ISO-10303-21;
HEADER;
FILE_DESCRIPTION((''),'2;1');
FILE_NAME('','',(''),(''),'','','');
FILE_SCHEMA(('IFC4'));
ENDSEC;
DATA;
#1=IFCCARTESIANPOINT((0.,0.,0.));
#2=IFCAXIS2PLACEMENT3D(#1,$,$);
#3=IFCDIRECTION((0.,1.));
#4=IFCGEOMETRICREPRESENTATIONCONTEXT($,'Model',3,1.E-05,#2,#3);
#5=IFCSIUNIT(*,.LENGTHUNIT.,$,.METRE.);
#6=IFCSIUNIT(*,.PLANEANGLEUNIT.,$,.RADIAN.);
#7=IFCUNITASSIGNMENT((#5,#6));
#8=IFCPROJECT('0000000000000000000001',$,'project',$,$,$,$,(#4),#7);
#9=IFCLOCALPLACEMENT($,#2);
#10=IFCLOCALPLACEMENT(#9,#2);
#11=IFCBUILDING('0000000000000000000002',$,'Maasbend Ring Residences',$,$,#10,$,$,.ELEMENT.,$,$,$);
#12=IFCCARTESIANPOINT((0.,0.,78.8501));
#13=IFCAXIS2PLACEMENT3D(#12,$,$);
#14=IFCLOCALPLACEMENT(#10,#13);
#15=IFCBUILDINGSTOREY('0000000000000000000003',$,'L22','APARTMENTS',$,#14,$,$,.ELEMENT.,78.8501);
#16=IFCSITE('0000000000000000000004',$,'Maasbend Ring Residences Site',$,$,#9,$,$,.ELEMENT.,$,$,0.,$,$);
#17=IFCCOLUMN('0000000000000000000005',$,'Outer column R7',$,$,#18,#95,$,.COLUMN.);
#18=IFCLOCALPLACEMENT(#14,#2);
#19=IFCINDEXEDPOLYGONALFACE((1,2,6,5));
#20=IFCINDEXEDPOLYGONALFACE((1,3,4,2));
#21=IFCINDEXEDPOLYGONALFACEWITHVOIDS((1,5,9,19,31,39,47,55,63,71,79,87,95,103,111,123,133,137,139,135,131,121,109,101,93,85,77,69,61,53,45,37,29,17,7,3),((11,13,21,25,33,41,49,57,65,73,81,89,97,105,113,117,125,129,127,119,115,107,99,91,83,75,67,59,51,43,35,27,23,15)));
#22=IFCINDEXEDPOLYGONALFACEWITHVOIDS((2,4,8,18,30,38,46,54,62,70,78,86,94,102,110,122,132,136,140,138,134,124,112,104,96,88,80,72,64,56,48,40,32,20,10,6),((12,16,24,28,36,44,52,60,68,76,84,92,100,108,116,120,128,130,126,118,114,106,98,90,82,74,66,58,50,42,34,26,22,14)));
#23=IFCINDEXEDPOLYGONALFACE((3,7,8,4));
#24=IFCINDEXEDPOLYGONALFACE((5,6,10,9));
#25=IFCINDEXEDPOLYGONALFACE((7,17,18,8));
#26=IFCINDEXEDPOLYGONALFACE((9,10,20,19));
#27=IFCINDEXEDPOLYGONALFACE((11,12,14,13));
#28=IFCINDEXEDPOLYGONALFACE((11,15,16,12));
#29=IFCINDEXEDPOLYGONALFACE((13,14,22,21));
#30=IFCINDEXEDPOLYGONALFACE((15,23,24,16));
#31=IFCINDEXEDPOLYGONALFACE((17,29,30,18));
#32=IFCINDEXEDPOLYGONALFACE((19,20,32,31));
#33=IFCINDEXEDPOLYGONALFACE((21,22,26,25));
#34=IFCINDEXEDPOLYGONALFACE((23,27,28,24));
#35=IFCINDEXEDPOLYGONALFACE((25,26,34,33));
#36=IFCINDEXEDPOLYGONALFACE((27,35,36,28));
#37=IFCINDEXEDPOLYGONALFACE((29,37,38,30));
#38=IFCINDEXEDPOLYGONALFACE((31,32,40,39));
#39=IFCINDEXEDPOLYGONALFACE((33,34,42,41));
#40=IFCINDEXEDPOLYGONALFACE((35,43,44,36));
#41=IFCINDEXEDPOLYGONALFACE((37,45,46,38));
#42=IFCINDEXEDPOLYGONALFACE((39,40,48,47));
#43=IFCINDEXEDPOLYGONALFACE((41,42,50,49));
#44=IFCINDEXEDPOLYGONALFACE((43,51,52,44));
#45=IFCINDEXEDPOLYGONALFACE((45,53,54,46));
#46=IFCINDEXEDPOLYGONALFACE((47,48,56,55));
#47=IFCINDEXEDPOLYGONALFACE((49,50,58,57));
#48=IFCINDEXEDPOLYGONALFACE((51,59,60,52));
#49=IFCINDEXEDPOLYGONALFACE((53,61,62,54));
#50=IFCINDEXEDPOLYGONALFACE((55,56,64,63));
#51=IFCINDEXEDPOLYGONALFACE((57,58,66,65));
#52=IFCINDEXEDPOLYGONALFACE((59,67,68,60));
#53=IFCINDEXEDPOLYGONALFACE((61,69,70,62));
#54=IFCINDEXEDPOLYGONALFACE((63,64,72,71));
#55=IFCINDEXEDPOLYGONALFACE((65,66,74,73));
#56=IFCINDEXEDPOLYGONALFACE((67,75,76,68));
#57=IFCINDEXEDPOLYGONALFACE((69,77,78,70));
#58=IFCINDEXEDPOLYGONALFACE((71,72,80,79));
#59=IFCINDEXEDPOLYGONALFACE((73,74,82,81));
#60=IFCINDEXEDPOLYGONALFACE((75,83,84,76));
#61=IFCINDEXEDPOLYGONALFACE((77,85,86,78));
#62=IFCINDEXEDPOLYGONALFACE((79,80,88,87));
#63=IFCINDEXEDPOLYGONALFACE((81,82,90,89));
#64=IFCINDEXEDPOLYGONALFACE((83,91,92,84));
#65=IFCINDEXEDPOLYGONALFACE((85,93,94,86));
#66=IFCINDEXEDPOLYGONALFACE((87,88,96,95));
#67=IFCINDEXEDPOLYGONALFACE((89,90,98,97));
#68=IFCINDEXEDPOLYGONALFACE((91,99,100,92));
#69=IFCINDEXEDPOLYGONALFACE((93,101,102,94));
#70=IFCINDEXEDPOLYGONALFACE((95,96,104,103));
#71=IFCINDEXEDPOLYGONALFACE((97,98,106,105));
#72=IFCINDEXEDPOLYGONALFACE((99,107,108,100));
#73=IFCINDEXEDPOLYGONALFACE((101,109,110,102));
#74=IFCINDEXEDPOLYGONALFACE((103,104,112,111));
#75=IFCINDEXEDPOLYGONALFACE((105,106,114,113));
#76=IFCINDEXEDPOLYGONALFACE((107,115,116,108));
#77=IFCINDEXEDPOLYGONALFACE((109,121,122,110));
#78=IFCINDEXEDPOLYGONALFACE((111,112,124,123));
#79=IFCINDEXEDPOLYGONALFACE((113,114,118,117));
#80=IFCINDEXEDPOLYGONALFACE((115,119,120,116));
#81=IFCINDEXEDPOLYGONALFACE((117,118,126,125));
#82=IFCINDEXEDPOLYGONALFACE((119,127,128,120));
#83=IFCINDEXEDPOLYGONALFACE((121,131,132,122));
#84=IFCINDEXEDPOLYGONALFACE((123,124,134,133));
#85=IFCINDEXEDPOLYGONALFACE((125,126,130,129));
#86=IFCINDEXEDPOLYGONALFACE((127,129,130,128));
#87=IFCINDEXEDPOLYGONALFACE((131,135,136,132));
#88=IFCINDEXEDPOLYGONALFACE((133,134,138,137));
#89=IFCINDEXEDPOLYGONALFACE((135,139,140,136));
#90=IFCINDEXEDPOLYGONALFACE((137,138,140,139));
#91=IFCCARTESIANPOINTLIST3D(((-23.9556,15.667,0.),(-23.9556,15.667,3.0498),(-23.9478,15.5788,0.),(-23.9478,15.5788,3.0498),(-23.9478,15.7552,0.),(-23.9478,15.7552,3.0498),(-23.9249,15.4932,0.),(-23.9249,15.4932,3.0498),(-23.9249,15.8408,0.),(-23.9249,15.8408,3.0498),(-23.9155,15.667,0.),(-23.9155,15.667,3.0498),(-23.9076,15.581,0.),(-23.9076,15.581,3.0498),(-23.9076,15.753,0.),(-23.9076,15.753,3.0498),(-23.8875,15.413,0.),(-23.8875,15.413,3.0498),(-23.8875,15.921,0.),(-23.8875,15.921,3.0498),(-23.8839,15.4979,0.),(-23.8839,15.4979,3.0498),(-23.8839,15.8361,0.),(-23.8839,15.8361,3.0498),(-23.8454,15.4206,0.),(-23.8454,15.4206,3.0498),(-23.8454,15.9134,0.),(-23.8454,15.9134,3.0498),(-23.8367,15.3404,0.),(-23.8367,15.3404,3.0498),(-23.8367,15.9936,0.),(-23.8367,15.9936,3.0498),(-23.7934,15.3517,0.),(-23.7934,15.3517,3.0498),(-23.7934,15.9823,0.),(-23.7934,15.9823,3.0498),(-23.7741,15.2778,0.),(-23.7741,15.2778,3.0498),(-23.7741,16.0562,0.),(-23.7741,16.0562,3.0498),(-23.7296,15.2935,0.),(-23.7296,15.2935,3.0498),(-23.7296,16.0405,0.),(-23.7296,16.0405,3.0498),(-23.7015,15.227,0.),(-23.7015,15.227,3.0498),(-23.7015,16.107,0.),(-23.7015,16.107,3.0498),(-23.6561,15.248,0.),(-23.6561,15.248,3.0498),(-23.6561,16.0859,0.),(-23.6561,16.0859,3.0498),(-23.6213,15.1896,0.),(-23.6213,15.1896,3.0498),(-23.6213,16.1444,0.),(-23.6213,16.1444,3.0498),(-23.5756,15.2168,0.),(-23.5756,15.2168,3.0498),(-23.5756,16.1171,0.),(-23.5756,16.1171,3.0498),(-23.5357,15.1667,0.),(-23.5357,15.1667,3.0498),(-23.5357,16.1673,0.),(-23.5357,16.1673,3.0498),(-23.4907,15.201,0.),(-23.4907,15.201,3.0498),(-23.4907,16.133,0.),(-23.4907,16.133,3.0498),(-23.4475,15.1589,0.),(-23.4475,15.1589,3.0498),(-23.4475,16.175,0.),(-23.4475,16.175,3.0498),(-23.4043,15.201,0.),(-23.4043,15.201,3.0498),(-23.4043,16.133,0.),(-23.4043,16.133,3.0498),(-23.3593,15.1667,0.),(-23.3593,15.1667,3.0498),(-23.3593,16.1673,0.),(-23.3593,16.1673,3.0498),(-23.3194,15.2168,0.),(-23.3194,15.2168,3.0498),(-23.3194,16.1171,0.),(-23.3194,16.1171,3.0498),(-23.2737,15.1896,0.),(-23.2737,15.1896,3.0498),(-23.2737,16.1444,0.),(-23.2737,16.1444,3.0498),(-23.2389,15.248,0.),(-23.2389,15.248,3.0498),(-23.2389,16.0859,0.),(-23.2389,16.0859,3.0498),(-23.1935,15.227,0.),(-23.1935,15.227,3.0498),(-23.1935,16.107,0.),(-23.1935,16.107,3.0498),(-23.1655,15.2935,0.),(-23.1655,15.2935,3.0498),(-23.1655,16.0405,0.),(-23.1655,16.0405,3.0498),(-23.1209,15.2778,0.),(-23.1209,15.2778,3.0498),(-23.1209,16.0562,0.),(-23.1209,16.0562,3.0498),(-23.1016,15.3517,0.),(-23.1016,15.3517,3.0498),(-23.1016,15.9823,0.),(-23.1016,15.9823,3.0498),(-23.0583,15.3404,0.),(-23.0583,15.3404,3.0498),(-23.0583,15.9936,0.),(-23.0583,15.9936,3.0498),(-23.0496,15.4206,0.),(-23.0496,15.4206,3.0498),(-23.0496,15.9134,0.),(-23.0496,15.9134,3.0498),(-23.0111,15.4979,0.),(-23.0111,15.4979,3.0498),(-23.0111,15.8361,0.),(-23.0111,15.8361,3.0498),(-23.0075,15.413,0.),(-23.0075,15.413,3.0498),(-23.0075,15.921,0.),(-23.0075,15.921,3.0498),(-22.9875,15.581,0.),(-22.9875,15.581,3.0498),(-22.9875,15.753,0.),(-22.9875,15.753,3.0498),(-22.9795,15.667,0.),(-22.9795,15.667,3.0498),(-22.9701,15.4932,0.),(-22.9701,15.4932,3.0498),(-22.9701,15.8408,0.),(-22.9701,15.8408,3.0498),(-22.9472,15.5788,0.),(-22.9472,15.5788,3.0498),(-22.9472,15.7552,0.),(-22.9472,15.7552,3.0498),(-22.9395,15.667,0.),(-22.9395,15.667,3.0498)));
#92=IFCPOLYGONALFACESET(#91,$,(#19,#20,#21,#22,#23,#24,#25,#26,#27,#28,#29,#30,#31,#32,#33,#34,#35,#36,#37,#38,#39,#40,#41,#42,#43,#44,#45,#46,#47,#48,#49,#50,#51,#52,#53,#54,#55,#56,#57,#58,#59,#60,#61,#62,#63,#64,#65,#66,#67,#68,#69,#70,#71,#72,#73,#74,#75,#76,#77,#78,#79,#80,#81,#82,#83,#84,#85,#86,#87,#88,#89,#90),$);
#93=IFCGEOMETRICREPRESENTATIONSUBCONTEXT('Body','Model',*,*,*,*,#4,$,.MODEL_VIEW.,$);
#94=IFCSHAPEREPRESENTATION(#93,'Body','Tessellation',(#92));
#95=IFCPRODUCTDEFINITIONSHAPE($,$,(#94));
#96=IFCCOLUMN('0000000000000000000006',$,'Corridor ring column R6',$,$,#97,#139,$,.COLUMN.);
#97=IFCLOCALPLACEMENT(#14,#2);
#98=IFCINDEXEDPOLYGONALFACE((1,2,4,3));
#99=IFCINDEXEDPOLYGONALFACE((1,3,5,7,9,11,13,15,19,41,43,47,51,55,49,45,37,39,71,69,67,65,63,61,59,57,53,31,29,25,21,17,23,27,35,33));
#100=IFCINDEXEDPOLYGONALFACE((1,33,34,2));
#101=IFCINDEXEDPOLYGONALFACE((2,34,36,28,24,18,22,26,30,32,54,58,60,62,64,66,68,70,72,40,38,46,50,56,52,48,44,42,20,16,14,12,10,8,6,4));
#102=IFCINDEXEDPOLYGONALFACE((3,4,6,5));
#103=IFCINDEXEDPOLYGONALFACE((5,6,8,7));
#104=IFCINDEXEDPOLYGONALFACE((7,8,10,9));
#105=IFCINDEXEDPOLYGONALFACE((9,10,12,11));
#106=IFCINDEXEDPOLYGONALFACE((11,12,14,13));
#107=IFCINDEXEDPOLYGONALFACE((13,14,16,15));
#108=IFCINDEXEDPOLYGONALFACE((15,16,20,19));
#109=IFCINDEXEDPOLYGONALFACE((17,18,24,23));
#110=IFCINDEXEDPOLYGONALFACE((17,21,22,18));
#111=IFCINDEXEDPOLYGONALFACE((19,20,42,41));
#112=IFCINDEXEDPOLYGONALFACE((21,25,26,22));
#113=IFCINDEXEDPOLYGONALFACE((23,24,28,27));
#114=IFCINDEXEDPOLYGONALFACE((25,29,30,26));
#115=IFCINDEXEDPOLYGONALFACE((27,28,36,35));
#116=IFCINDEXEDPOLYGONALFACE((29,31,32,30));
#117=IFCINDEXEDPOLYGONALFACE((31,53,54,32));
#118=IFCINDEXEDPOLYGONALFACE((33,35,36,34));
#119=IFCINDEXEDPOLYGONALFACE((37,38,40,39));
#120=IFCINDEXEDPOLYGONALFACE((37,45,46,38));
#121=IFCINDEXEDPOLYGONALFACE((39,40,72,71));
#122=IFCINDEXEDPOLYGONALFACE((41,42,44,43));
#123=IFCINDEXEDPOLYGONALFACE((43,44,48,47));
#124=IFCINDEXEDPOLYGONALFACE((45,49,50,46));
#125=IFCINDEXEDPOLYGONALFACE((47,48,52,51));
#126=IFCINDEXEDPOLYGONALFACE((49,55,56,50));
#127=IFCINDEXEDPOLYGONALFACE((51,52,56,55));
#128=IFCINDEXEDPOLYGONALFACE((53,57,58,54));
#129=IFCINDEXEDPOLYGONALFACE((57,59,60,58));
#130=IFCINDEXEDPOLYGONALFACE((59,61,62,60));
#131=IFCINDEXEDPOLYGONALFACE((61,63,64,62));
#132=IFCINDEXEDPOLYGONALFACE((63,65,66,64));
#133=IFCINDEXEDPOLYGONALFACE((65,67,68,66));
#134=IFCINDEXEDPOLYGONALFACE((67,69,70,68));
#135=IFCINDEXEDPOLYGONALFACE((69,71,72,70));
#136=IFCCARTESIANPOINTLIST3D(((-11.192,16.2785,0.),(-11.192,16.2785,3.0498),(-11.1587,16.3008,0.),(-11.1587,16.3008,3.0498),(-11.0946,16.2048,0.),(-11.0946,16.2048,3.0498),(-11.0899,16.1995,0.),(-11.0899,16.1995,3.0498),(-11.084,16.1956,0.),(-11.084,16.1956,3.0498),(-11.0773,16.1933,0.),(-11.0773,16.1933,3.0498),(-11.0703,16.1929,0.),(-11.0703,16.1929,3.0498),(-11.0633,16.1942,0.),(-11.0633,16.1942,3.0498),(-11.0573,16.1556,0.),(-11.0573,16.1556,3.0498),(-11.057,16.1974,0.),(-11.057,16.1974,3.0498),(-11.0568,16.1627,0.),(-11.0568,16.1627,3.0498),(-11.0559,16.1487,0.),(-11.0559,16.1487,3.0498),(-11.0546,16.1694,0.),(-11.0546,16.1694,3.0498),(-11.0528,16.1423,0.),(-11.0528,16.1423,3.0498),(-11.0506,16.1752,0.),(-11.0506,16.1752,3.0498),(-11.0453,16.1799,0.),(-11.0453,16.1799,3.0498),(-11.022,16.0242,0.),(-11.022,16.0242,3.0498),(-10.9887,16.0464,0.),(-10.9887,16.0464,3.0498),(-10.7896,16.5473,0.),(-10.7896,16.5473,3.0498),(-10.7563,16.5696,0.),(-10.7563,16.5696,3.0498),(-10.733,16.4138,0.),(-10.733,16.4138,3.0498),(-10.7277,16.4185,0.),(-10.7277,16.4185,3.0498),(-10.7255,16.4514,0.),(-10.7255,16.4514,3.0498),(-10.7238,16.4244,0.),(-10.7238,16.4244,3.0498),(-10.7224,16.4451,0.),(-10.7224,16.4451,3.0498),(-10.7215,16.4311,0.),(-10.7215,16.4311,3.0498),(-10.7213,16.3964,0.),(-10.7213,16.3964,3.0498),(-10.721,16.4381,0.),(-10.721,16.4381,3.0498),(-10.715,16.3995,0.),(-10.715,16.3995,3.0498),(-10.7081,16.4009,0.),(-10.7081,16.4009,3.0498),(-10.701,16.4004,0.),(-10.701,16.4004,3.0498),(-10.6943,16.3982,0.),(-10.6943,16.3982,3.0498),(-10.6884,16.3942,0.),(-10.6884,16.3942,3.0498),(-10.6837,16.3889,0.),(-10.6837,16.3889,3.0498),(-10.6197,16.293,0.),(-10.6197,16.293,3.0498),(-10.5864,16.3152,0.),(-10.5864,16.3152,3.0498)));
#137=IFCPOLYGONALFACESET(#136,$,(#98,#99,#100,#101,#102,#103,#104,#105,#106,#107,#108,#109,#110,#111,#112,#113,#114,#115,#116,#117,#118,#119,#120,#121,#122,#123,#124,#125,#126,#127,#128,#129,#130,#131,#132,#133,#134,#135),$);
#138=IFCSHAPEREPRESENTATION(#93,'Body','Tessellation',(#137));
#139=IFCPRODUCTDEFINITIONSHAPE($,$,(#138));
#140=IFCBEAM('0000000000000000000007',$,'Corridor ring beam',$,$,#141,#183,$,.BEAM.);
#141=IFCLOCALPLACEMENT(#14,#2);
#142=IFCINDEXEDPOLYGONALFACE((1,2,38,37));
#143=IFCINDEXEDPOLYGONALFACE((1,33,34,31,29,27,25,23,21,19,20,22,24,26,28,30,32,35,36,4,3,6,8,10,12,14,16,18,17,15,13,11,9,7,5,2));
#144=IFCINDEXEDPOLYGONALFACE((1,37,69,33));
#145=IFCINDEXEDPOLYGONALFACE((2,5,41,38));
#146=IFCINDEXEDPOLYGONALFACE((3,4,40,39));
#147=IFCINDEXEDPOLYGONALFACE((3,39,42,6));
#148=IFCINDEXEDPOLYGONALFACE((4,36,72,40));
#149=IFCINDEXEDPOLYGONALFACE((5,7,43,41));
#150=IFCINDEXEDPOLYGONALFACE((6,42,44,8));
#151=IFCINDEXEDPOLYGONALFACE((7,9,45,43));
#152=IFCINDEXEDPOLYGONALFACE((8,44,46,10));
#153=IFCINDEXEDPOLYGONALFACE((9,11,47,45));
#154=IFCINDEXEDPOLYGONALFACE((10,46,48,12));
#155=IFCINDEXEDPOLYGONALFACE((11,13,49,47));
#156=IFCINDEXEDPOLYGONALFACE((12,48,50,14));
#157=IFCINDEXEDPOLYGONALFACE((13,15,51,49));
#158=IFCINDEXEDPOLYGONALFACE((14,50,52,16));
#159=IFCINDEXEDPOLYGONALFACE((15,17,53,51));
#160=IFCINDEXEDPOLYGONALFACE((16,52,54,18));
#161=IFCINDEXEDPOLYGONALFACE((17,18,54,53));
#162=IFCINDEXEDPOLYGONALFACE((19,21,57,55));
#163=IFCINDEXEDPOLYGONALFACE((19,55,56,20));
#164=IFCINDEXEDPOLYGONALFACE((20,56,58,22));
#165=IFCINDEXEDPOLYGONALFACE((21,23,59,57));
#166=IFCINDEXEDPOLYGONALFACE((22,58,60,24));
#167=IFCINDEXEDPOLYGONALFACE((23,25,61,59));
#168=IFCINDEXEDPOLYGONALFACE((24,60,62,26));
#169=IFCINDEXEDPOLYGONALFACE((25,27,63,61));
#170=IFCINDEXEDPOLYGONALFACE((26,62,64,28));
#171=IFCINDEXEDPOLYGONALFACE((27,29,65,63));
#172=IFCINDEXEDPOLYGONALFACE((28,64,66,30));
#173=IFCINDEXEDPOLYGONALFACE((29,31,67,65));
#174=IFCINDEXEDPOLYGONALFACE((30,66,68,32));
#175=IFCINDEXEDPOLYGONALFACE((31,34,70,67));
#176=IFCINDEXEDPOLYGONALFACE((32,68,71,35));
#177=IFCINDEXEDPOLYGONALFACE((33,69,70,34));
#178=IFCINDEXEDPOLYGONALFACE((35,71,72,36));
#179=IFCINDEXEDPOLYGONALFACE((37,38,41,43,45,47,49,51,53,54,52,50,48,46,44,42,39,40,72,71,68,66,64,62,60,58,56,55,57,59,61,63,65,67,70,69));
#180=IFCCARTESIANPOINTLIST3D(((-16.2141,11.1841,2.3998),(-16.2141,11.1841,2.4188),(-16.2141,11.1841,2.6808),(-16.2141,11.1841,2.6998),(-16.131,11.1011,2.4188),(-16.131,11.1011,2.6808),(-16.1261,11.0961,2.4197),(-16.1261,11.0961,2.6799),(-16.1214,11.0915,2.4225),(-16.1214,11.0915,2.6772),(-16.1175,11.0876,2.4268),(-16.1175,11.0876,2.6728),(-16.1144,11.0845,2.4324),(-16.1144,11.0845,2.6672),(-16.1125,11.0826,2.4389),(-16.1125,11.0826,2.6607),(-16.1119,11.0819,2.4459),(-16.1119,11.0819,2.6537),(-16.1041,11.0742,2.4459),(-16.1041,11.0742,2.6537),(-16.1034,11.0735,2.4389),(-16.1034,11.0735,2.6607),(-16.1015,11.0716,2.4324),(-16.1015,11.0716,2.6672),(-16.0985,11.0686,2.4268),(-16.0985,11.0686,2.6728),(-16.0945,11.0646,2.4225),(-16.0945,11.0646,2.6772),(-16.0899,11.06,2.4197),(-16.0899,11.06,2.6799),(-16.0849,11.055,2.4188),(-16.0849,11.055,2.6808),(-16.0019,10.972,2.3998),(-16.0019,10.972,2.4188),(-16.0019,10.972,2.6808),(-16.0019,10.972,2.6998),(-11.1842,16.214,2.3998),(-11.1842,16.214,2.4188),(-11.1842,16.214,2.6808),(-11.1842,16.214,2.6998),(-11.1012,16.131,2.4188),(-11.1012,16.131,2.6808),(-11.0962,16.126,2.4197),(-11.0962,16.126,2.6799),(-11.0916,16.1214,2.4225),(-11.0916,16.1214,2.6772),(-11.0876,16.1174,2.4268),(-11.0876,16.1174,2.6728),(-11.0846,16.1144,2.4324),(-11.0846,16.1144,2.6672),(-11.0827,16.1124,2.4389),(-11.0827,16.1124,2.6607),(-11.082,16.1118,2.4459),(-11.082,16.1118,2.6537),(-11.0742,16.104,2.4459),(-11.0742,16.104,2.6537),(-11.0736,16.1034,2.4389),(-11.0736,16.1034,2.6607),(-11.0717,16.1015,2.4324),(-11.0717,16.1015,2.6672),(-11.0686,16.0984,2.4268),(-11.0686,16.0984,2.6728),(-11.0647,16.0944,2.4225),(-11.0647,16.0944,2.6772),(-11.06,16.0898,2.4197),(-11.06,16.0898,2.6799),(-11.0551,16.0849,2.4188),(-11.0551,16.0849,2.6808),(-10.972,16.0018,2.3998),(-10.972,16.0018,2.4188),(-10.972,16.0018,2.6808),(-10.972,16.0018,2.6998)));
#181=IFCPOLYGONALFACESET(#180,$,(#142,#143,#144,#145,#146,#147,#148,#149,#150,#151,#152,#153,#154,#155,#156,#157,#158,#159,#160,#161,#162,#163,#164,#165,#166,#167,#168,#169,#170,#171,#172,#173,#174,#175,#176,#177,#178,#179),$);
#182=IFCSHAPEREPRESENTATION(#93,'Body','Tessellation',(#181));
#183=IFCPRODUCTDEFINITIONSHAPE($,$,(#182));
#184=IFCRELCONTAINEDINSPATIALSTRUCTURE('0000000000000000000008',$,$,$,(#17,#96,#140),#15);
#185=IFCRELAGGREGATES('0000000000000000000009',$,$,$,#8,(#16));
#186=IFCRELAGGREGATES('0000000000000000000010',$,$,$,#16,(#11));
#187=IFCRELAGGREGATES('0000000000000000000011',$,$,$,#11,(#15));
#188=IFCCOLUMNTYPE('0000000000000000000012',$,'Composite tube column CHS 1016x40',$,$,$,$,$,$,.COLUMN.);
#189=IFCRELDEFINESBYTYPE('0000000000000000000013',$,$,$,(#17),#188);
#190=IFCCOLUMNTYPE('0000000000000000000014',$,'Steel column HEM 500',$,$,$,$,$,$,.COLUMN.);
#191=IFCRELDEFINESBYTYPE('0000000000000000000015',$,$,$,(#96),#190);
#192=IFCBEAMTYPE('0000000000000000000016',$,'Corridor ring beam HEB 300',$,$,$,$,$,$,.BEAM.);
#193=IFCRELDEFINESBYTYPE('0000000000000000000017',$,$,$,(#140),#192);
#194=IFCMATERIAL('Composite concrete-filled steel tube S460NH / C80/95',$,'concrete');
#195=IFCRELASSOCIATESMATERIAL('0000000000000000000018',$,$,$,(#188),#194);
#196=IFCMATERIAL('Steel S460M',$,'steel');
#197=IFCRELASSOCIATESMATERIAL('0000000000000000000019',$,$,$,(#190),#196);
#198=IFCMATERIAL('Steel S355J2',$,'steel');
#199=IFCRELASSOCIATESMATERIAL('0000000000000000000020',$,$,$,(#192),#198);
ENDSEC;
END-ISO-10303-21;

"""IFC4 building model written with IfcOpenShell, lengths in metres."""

from ifc_helpers import new_model, si_unit, direction, frame, origin, origin_2d, place, context, subcontext, project, spatial, hollow_circle, i_section, extrude, material, material_profile, profile_set, type_object, element, save


model = new_model("IFC4")

# Units and contexts
model_context = context("Model", 3, precision=1e-05, world=origin(), true_north=direction((0.0, 1.0)))
body_context = subcontext(model_context, "Body", "Model", "MODEL_VIEW")
ifc_project = project(units=[si_unit("LENGTHUNIT", "METRE"), si_unit("PLANEANGLEUNIT", "RADIAN")], contexts=[model_context])

# Site, building, storey
site_placement = place(None, origin())
site = spatial("IfcSite", under=ifc_project, at=site_placement, Name="Maasbend Ring Residences Site", CompositionType="ELEMENT", RefElevation=0.0)
building_placement = place(site_placement, origin())
building = spatial("IfcBuilding", under=site, at=building_placement, Name="Maasbend Ring Residences", CompositionType="ELEMENT")
storey_placement = place(building_placement, frame((0.0, 0.0, 78.8501)))
storey = spatial("IfcBuildingStorey", under=building, at=storey_placement, Name="L22", Description="APARTMENTS", CompositionType="ELEMENT", Elevation=78.8501)

# Columns
ifc_material_1 = material(Name="Composite concrete-filled steel tube S460NH / C80/95", Category="concrete")
ifc_material_profile_1 = material_profile(ifc_material_1, hollow_circle(Radius=0.5081, WallThickness=0.04, at=origin_2d()), Name="Composite tube column CHS 1016x40")
ifc_profile_set_1 = profile_set([ifc_material_profile_1], Name="Composite concrete-filled steel tube S460NH / C80/95")
column_type_1 = type_object("IfcColumnType", Name="Composite tube column CHS 1016x40", PredefinedType="COLUMN", material=ifc_profile_set_1)
column_1_placement = place(storey_placement, frame((-23.4475, 15.667, 0.0), z_axis=(0.0, 0.0, 1.0), x_axis=(1.0, 0.0, 0.0)))
element("IfcColumn", 1, at=column_1_placement, inside=storey, type_object=column_type_1, Name="Outer column R7", PredefinedType="COLUMN", context=body_context, shape_type="SweptSolid", body=[
    extrude(hollow_circle(Radius=0.5081, WallThickness=0.04, at=origin_2d()), origin(), (0.0, 0.0, 1.0), 3.0498),
])
ifc_material_2 = material(Name="Steel S460M", Category="steel")
ifc_material_profile_2 = material_profile(ifc_material_2, i_section(OverallWidth=0.3059, OverallDepth=0.5239, WebThickness=0.021, FlangeThickness=0.04, FilletRadius=0.0271, at=origin_2d()), Name="HEM 500")
ifc_profile_set_2 = profile_set([ifc_material_profile_2], Name="Steel S460M")
column_type_2 = type_object("IfcColumnType", Name="Steel column HEM 500", PredefinedType="COLUMN", material=ifc_profile_set_2)
column_2_placement = place(storey_placement, frame((-10.8892, 16.2969, 0.0), z_axis=(0.0, 0.0, 1.0), x_axis=(-0.55557, 0.83147, 0.0)))
element("IfcColumn", 2, at=column_2_placement, inside=storey, type_object=column_type_2, Name="Corridor ring column R6", PredefinedType="COLUMN", context=body_context, shape_type="SweptSolid", body=[
    extrude(i_section(OverallWidth=0.3059, OverallDepth=0.5239, WebThickness=0.021, FlangeThickness=0.04, FilletRadius=0.0271, at=origin_2d()), origin(), (0.0, 0.0, 1.0), 3.0498),
])

# Beam
ifc_material_3 = material(Name="Steel S355J2", Category="steel")
ifc_material_profile_3 = material_profile(ifc_material_3, i_section(OverallWidth=0.3, OverallDepth=0.3, WebThickness=0.011, FlangeThickness=0.019, FilletRadius=0.0271, at=origin_2d()), Name="HEB 300")
ifc_profile_set_3 = profile_set([ifc_material_profile_3], Name="Steel S355J2")
beam_type = type_object("IfcBeamType", Name="Corridor ring beam HEB 300", PredefinedType="BEAM", material=ifc_profile_set_3)
beam_placement = place(storey_placement, frame((-11.0781, 16.1079, 2.5498), z_axis=(-0.707107, -0.707107, 0.0), x_axis=(0.707107, -0.707107, 0.0)))
element("IfcBeam", 3, at=beam_placement, inside=storey, type_object=beam_type, Name="Corridor ring beam", PredefinedType="BEAM", context=body_context, shape_type="SweptSolid", body=[
    extrude(i_section(OverallWidth=0.3, OverallDepth=0.3, WebThickness=0.011, FlangeThickness=0.019, FilletRadius=0.0271, at=origin_2d()), origin(), (0.0, 0.0, 1.0), 7.1133),
])

save(model, "model.ifc")
